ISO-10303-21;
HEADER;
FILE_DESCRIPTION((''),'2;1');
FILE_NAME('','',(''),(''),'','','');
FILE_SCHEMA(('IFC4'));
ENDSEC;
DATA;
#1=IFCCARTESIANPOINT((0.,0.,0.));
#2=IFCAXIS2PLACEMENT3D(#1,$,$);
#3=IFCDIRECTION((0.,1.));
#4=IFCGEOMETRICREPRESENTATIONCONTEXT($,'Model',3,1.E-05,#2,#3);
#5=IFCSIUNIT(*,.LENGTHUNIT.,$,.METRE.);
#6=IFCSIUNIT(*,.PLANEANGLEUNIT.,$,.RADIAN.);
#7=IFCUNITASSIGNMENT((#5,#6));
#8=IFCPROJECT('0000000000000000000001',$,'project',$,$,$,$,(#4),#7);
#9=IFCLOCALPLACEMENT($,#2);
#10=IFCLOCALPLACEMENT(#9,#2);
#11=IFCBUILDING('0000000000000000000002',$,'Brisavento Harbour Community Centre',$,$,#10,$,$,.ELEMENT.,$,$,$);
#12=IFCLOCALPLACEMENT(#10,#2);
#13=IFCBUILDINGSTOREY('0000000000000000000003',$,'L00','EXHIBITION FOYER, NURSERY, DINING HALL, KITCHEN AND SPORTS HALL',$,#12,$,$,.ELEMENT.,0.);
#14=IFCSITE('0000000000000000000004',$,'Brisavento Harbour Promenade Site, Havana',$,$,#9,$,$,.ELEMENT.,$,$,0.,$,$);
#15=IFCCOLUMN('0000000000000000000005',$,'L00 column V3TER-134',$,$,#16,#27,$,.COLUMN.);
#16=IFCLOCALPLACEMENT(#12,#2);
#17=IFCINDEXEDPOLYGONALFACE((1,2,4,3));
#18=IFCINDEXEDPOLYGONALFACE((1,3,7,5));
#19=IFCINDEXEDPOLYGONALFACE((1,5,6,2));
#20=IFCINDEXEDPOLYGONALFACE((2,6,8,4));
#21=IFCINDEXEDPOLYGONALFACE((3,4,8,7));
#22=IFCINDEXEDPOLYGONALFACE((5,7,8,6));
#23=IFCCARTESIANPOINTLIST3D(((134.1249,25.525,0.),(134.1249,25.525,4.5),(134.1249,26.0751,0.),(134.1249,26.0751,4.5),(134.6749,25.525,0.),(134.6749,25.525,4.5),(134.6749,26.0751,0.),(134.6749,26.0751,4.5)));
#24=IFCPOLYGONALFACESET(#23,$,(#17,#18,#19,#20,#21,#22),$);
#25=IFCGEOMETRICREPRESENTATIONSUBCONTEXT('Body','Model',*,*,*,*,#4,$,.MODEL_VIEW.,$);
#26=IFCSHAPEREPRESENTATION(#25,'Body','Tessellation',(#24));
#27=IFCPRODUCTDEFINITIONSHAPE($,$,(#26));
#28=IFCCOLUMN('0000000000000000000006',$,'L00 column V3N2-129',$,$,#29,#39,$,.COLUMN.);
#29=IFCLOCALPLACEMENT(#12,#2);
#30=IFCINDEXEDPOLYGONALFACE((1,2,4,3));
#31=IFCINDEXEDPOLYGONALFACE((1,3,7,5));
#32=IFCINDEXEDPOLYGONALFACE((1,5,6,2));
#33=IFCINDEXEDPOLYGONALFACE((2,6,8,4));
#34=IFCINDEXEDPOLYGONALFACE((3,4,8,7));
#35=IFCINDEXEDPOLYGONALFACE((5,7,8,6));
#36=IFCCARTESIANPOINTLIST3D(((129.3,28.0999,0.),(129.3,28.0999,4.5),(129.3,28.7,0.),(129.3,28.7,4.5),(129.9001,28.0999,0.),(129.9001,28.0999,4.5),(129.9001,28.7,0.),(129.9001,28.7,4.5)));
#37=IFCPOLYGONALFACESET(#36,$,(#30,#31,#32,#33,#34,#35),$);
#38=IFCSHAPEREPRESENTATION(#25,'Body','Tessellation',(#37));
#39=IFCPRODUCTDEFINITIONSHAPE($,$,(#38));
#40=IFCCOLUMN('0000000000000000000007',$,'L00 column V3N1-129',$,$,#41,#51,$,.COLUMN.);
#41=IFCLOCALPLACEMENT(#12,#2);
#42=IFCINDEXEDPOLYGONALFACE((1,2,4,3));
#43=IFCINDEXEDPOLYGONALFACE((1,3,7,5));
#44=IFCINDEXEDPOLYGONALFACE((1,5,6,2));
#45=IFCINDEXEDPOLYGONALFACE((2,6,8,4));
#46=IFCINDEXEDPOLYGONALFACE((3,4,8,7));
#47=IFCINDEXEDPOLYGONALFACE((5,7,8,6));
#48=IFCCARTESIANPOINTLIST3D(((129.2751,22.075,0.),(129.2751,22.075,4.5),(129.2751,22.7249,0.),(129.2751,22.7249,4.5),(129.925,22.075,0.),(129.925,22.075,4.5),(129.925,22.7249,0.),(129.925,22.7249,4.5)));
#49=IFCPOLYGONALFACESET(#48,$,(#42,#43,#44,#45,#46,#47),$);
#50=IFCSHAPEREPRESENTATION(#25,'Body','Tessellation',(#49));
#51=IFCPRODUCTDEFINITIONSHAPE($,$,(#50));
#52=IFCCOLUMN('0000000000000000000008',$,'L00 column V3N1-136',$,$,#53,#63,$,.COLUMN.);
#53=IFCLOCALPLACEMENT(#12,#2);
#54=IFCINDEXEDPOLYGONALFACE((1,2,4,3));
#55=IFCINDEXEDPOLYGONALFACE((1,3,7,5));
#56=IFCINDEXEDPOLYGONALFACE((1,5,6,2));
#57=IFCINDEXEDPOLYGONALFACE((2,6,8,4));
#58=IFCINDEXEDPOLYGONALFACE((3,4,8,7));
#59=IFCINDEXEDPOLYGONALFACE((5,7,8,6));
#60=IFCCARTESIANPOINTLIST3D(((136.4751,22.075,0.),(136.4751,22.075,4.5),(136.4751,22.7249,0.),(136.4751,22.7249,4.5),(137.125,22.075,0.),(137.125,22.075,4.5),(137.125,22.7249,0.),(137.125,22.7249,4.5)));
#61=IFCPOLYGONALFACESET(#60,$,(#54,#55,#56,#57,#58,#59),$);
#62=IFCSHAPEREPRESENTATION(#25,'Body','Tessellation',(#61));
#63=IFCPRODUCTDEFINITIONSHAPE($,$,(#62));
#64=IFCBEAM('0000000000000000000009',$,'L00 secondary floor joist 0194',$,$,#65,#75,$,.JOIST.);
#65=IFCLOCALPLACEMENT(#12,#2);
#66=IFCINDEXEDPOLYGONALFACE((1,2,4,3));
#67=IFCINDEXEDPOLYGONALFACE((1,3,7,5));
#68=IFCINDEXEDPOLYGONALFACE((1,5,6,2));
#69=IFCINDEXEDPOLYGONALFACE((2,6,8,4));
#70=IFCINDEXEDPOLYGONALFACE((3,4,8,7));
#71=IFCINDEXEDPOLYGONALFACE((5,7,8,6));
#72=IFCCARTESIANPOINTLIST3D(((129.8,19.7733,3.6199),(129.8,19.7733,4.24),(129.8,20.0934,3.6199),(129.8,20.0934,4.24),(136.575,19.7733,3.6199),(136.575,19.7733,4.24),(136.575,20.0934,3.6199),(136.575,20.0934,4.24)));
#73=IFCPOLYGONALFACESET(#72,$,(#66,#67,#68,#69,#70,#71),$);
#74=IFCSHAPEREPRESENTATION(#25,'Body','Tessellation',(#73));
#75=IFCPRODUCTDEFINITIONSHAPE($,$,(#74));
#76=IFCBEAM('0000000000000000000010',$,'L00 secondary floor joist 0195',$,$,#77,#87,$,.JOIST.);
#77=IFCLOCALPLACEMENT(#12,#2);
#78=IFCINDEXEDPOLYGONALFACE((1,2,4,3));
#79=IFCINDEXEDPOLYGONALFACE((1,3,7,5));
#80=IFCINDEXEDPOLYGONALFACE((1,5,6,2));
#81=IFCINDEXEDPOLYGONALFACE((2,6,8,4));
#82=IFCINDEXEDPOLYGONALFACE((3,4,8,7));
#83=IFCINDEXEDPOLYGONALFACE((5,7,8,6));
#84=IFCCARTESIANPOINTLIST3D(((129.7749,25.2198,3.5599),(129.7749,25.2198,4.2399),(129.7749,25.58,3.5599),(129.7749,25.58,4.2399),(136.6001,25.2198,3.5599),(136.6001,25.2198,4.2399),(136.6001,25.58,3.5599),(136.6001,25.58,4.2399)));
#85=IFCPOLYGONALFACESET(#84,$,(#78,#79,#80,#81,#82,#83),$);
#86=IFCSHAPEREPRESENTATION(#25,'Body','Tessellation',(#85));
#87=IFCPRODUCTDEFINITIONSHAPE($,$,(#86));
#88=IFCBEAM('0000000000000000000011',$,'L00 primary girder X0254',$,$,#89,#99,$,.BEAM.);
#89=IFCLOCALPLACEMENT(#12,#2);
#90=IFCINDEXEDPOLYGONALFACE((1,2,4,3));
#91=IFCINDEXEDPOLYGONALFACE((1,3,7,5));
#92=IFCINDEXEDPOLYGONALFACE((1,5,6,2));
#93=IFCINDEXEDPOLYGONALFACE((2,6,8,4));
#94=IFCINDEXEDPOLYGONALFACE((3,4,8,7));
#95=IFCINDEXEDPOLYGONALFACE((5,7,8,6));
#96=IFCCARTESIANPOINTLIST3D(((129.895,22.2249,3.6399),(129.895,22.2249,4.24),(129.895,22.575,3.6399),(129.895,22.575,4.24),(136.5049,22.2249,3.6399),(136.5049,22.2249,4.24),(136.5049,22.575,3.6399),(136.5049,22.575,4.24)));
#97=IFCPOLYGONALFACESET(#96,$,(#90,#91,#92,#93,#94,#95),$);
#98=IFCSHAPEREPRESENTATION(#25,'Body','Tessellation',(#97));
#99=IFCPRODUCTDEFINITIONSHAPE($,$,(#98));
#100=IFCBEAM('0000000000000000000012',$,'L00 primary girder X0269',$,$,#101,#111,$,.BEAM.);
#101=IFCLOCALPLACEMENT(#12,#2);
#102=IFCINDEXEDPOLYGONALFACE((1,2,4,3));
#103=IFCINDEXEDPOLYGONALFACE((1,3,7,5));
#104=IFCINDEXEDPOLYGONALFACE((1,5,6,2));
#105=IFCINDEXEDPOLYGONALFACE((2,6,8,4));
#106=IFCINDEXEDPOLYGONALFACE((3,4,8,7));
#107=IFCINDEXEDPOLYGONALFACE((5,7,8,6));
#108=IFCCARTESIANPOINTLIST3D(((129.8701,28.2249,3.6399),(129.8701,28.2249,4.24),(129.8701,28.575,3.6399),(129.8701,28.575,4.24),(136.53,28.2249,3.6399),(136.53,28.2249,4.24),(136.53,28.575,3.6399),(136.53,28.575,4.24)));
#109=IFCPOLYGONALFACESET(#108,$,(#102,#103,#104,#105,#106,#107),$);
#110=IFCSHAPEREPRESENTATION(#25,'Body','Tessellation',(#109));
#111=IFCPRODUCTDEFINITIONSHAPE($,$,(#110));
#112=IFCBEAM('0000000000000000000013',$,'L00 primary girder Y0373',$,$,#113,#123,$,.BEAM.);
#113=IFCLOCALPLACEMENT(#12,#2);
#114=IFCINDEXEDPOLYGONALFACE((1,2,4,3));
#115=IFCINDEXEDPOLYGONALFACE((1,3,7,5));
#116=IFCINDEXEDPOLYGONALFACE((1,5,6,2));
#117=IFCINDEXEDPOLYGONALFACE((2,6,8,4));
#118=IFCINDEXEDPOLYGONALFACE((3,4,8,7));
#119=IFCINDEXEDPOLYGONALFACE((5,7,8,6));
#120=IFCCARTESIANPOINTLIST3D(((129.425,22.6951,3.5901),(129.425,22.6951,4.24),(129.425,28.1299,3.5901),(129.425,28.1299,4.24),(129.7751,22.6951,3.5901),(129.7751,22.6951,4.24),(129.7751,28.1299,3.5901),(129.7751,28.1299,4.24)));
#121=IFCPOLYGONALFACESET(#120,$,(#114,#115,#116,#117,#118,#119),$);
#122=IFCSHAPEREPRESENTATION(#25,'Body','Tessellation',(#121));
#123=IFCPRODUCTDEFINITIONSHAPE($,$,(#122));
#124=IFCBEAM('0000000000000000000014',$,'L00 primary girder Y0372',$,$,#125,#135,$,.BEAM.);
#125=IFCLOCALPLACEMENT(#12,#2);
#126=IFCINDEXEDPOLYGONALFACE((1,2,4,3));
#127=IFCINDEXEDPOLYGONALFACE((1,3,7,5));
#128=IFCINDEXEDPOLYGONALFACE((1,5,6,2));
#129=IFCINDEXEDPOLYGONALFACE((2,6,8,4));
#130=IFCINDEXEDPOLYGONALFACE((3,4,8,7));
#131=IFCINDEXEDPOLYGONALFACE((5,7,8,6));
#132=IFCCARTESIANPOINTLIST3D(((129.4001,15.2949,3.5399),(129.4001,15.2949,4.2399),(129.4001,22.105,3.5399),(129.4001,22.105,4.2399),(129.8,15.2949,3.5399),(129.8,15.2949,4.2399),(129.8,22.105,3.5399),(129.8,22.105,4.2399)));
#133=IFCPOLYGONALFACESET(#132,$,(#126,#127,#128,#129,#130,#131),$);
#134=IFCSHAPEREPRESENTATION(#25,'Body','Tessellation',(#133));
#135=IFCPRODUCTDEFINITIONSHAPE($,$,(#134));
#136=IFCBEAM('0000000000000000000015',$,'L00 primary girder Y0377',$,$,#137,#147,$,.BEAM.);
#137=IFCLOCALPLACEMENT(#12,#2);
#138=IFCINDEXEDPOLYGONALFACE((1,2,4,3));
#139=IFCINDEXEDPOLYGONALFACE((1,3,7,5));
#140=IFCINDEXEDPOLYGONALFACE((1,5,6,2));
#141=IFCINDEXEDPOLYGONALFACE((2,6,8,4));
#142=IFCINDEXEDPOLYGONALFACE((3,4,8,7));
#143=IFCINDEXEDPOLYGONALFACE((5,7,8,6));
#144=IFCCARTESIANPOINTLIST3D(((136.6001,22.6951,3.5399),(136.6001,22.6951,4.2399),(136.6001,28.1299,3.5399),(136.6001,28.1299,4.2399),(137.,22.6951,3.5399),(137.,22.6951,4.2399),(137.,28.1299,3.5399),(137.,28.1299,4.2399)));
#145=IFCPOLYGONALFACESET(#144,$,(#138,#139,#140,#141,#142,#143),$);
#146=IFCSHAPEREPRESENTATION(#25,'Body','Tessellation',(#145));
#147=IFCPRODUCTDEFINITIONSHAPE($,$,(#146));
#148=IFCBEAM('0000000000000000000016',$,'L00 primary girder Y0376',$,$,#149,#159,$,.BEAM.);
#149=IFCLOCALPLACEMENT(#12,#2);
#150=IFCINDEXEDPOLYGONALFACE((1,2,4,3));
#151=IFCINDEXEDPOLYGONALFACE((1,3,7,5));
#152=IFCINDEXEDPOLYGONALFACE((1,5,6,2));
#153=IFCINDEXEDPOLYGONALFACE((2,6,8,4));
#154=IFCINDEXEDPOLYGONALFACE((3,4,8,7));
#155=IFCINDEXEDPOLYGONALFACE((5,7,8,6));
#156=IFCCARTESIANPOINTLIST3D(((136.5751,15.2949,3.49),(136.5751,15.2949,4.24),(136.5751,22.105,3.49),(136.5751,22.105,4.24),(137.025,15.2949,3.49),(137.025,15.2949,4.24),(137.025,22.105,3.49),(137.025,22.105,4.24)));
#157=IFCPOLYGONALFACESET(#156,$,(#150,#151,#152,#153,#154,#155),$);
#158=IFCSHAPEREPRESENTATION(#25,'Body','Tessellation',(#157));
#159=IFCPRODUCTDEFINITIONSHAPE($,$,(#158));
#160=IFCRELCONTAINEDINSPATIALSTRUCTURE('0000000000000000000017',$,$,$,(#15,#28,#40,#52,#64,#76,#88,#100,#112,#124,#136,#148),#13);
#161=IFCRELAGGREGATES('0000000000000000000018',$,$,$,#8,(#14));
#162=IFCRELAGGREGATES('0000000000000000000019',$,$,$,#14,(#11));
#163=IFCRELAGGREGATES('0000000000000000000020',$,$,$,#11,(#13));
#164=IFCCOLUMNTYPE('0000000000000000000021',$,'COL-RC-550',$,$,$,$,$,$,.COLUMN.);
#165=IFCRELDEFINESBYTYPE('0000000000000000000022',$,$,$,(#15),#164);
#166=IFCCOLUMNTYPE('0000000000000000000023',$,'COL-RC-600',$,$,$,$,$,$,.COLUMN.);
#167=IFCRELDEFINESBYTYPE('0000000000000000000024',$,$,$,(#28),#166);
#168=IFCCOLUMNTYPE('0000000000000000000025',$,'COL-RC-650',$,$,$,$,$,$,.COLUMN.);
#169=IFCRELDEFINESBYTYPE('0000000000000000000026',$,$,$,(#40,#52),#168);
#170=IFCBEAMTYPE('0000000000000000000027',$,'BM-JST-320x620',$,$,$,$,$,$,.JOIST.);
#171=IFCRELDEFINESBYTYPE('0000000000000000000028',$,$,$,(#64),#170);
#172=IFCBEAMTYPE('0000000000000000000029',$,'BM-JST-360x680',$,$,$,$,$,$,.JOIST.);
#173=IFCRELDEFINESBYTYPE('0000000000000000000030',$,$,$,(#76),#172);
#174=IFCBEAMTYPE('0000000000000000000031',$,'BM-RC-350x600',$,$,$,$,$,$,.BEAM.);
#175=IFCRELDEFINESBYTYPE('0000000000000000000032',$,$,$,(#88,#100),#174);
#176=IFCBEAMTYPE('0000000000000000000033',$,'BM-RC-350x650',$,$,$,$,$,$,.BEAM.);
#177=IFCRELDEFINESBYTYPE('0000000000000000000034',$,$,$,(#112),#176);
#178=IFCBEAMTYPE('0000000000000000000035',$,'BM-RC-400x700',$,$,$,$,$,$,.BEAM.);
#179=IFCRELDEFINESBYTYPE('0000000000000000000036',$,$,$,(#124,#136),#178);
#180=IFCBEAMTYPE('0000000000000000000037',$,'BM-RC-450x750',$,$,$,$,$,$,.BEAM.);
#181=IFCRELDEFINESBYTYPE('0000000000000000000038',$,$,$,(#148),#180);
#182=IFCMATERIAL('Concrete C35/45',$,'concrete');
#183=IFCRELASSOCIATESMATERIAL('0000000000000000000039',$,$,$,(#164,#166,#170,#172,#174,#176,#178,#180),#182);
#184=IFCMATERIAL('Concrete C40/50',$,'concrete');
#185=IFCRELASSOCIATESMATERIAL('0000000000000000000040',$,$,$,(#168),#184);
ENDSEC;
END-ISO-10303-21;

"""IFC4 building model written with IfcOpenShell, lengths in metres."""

from ifc_helpers import new_model, si_unit, direction, frame, origin, origin_2d, place, context, subcontext, project, spatial, rectangle, extrude, material, material_profile, profile_set, type_object, element, save


model = new_model("IFC4")

# Units and contexts
model_context = context("Model", 3, precision=1e-05, world=origin(), true_north=direction((0.0, 1.0)))
body_context = subcontext(model_context, "Body", "Model", "MODEL_VIEW")
ifc_project = project(units=[si_unit("LENGTHUNIT", "METRE"), si_unit("PLANEANGLEUNIT", "RADIAN")], contexts=[model_context])

# Site, building, storey
site_placement = place(None, origin())
site = spatial("IfcSite", under=ifc_project, at=site_placement, Name="Brisavento Harbour Promenade Site, Havana", CompositionType="ELEMENT", RefElevation=0.0)
building_placement = place(site_placement, origin())
building = spatial("IfcBuilding", under=site, at=building_placement, Name="Brisavento Harbour Community Centre", CompositionType="ELEMENT")
storey_placement = place(building_placement, origin())
storey = spatial("IfcBuildingStorey", under=building, at=storey_placement, Name="L00", Description="EXHIBITION FOYER, NURSERY, DINING HALL, KITCHEN AND SPORTS HALL", CompositionType="ELEMENT", Elevation=0.0)

# Columns
ifc_material_1 = material(Name="Concrete C35/45", Category="concrete")
ifc_material_profile_1 = material_profile(ifc_material_1, rectangle(XDim=0.55, YDim=0.55, at=origin_2d()), Name="Concrete C35/45")
ifc_profile_set_1 = profile_set([ifc_material_profile_1], Name="Concrete C35/45")
column_type_1 = type_object("IfcColumnType", Name="COL-RC-550", PredefinedType="COLUMN", material=ifc_profile_set_1)
column_1_placement = place(storey_placement, frame((134.3999, 25.8, 0.0), z_axis=(0.0, 0.0, 1.0), x_axis=(1.0, 0.0, 0.0)))
element("IfcColumn", 1, at=column_1_placement, inside=storey, type_object=column_type_1, Name="L00 column V3TER-134", PredefinedType="COLUMN", context=body_context, shape_type="SweptSolid", body=[
    extrude(rectangle(XDim=0.55, YDim=0.55, at=origin_2d()), origin(), (0.0, 0.0, 1.0), 4.5),
])
ifc_material_profile_2 = material_profile(ifc_material_1, rectangle(XDim=0.6001, YDim=0.6001, at=origin_2d()), Name="Concrete C35/45")
ifc_profile_set_2 = profile_set([ifc_material_profile_2], Name="Concrete C35/45")
column_type_2 = type_object("IfcColumnType", Name="COL-RC-600", PredefinedType="COLUMN", material=ifc_profile_set_2)
column_2_placement = place(storey_placement, frame((129.6001, 28.3999, 0.0), z_axis=(0.0, 0.0, 1.0), x_axis=(1.0, 0.0, 0.0)))
element("IfcColumn", 2, at=column_2_placement, inside=storey, type_object=column_type_2, Name="L00 column V3N2-129", PredefinedType="COLUMN", context=body_context, shape_type="SweptSolid", body=[
    extrude(rectangle(XDim=0.6001, YDim=0.6001, at=origin_2d()), origin(), (0.0, 0.0, 1.0), 4.5),
])
ifc_material_2 = material(Name="Concrete C40/50", Category="concrete")
ifc_material_profile_3 = material_profile(ifc_material_2, rectangle(XDim=0.6499, YDim=0.6499, at=origin_2d()), Name="Concrete C40/50")
ifc_profile_set_3 = profile_set([ifc_material_profile_3], Name="Concrete C40/50")
column_type_3 = type_object("IfcColumnType", Name="COL-RC-650", PredefinedType="COLUMN", material=ifc_profile_set_3)
for number, where, z_axis, x_axis, name in (
    (3, (129.6001, 22.3999, 0.0), (0.0, 0.0, 1.0), (1.0, 0.0, 0.0), "L00 column V3N1-129"),
    (4, (136.8, 22.3999, 0.0), (0.0, 0.0, 1.0), (1.0, 0.0, 0.0), "L00 column V3N1-136"),
):
    element("IfcColumn", number, at=place(storey_placement, frame(where, z_axis=z_axis, x_axis=x_axis)), inside=storey, type_object=column_type_3, Name=name, PredefinedType="COLUMN", context=body_context, shape_type="SweptSolid", body=[
        extrude(rectangle(XDim=0.6499, YDim=0.6499, at=origin_2d()), origin(), (0.0, 0.0, 1.0), 4.5),
    ])

# Beams
ifc_material_profile_4 = material_profile(ifc_material_1, rectangle(XDim=0.3201, YDim=0.6201, at=origin_2d()), Name="Concrete C35/45")
ifc_profile_set_4 = profile_set([ifc_material_profile_4], Name="Concrete C35/45")
beam_type_1 = type_object("IfcBeamType", Name="BM-JST-320x620", PredefinedType="JOIST", material=ifc_profile_set_4)
beam_1_placement = place(storey_placement, frame((129.8, 19.9333, 3.9299), z_axis=(1.0, 0.0, 0.0), x_axis=(0.0, 1.0, 0.0)))
element("IfcBeam", 5, at=beam_1_placement, inside=storey, type_object=beam_type_1, Name="L00 secondary floor joist 0194", PredefinedType="JOIST", context=body_context, shape_type="SweptSolid", body=[
    extrude(rectangle(XDim=0.3201, YDim=0.6201, at=origin_2d()), origin(), (0.0, 0.0, 1.0), 6.7749),
])
ifc_material_profile_5 = material_profile(ifc_material_1, rectangle(XDim=0.3601, YDim=0.6799, at=origin_2d()), Name="Concrete C35/45")
ifc_profile_set_5 = profile_set([ifc_material_profile_5], Name="Concrete C35/45")
beam_type_2 = type_object("IfcBeamType", Name="BM-JST-360x680", PredefinedType="JOIST", material=ifc_profile_set_5)
beam_2_placement = place(storey_placement, frame((129.7749, 25.3999, 3.8999), z_axis=(1.0, 0.0, 0.0), x_axis=(0.0, 1.0, 0.0)))
element("IfcBeam", 6, at=beam_2_placement, inside=storey, type_object=beam_type_2, Name="L00 secondary floor joist 0195", PredefinedType="JOIST", context=body_context, shape_type="SweptSolid", body=[
    extrude(rectangle(XDim=0.3601, YDim=0.6799, at=origin_2d()), origin(), (0.0, 0.0, 1.0), 6.8252),
])
ifc_material_profile_6 = material_profile(ifc_material_1, rectangle(XDim=0.3501, YDim=0.6001, at=origin_2d()), Name="Concrete C35/45")
ifc_profile_set_6 = profile_set([ifc_material_profile_6], Name="Concrete C35/45")
beam_type_3 = type_object("IfcBeamType", Name="BM-RC-350x600", PredefinedType="BEAM", material=ifc_profile_set_6)
beam_3_placement = place(storey_placement, frame((129.895, 22.3999, 3.9399), z_axis=(1.0, 0.0, 0.0), x_axis=(0.0, 1.0, 0.0)))
element("IfcBeam", 7, at=beam_3_placement, inside=storey, type_object=beam_type_3, Name="L00 primary girder X0254", PredefinedType="BEAM", context=body_context, shape_type="SweptSolid", body=[
    extrude(rectangle(XDim=0.3501, YDim=0.6001, at=origin_2d()), origin(), (0.0, 0.0, 1.0), 6.6099),
])
beam_4_placement = place(storey_placement, frame((129.8701, 28.3999, 3.9399), z_axis=(1.0, 0.0, 0.0), x_axis=(0.0, 1.0, 0.0)))
element("IfcBeam", 8, at=beam_4_placement, inside=storey, type_object=beam_type_3, Name="L00 primary girder X0269", PredefinedType="BEAM", context=body_context, shape_type="SweptSolid", body=[
    extrude(rectangle(XDim=0.3501, YDim=0.6001, at=origin_2d()), origin(), (0.0, 0.0, 1.0), 6.6599),
])
ifc_material_profile_7 = material_profile(ifc_material_1, rectangle(XDim=0.3501, YDim=0.6499, at=origin_2d()), Name="Concrete C35/45")
ifc_profile_set_7 = profile_set([ifc_material_profile_7], Name="Concrete C35/45")
beam_type_4 = type_object("IfcBeamType", Name="BM-RC-350x650", PredefinedType="BEAM", material=ifc_profile_set_7)
beam_5_placement = place(storey_placement, frame((129.6001, 22.6951, 3.915), z_axis=(0.0, 1.0, 0.0), x_axis=(-1.0, 0.0, 0.0)))
element("IfcBeam", 9, at=beam_5_placement, inside=storey, type_object=beam_type_4, Name="L00 primary girder Y0373", PredefinedType="BEAM", context=body_context, shape_type="SweptSolid", body=[
    extrude(rectangle(XDim=0.3501, YDim=0.6499, at=origin_2d()), origin(), (0.0, 0.0, 1.0), 5.4348),
])
ifc_material_profile_8 = material_profile(ifc_material_1, rectangle(XDim=0.3999, YDim=0.7, at=origin_2d()), Name="Concrete C35/45")
ifc_profile_set_8 = profile_set([ifc_material_profile_8], Name="Concrete C35/45")
beam_type_5 = type_object("IfcBeamType", Name="BM-RC-400x700", PredefinedType="BEAM", material=ifc_profile_set_8)
beam_6_placement = place(storey_placement, frame((129.6001, 15.2949, 3.8899), z_axis=(0.0, 1.0, 0.0), x_axis=(-1.0, 0.0, 0.0)))
element("IfcBeam", 10, at=beam_6_placement, inside=storey, type_object=beam_type_5, Name="L00 primary girder Y0372", PredefinedType="BEAM", context=body_context, shape_type="SweptSolid", body=[
    extrude(rectangle(XDim=0.3999, YDim=0.7, at=origin_2d()), origin(), (0.0, 0.0, 1.0), 6.8101),
])
beam_7_placement = place(storey_placement, frame((136.8, 22.6951, 3.8899), z_axis=(0.0, 1.0, 0.0), x_axis=(-1.0, 0.0, 0.0)))
element("IfcBeam", 11, at=beam_7_placement, inside=storey, type_object=beam_type_5, Name="L00 primary girder Y0377", PredefinedType="BEAM", context=body_context, shape_type="SweptSolid", body=[
    extrude(rectangle(XDim=0.3999, YDim=0.7, at=origin_2d()), origin(), (0.0, 0.0, 1.0), 5.4348),
])
ifc_material_profile_9 = material_profile(ifc_material_1, rectangle(XDim=0.45, YDim=0.75, at=origin_2d()), Name="Concrete C35/45")
ifc_profile_set_9 = profile_set([ifc_material_profile_9], Name="Concrete C35/45")
beam_type_6 = type_object("IfcBeamType", Name="BM-RC-450x750", PredefinedType="BEAM", material=ifc_profile_set_9)
beam_8_placement = place(storey_placement, frame((136.8, 15.2949, 3.865), z_axis=(0.0, 1.0, 0.0), x_axis=(-1.0, 0.0, 0.0)))
element("IfcBeam", 12, at=beam_8_placement, inside=storey, type_object=beam_type_6, Name="L00 primary girder Y0376", PredefinedType="BEAM", context=body_context, shape_type="SweptSolid", body=[
    extrude(rectangle(XDim=0.45, YDim=0.75, at=origin_2d()), origin(), (0.0, 0.0, 1.0), 6.8101),
])

save(model, "model.ifc")
